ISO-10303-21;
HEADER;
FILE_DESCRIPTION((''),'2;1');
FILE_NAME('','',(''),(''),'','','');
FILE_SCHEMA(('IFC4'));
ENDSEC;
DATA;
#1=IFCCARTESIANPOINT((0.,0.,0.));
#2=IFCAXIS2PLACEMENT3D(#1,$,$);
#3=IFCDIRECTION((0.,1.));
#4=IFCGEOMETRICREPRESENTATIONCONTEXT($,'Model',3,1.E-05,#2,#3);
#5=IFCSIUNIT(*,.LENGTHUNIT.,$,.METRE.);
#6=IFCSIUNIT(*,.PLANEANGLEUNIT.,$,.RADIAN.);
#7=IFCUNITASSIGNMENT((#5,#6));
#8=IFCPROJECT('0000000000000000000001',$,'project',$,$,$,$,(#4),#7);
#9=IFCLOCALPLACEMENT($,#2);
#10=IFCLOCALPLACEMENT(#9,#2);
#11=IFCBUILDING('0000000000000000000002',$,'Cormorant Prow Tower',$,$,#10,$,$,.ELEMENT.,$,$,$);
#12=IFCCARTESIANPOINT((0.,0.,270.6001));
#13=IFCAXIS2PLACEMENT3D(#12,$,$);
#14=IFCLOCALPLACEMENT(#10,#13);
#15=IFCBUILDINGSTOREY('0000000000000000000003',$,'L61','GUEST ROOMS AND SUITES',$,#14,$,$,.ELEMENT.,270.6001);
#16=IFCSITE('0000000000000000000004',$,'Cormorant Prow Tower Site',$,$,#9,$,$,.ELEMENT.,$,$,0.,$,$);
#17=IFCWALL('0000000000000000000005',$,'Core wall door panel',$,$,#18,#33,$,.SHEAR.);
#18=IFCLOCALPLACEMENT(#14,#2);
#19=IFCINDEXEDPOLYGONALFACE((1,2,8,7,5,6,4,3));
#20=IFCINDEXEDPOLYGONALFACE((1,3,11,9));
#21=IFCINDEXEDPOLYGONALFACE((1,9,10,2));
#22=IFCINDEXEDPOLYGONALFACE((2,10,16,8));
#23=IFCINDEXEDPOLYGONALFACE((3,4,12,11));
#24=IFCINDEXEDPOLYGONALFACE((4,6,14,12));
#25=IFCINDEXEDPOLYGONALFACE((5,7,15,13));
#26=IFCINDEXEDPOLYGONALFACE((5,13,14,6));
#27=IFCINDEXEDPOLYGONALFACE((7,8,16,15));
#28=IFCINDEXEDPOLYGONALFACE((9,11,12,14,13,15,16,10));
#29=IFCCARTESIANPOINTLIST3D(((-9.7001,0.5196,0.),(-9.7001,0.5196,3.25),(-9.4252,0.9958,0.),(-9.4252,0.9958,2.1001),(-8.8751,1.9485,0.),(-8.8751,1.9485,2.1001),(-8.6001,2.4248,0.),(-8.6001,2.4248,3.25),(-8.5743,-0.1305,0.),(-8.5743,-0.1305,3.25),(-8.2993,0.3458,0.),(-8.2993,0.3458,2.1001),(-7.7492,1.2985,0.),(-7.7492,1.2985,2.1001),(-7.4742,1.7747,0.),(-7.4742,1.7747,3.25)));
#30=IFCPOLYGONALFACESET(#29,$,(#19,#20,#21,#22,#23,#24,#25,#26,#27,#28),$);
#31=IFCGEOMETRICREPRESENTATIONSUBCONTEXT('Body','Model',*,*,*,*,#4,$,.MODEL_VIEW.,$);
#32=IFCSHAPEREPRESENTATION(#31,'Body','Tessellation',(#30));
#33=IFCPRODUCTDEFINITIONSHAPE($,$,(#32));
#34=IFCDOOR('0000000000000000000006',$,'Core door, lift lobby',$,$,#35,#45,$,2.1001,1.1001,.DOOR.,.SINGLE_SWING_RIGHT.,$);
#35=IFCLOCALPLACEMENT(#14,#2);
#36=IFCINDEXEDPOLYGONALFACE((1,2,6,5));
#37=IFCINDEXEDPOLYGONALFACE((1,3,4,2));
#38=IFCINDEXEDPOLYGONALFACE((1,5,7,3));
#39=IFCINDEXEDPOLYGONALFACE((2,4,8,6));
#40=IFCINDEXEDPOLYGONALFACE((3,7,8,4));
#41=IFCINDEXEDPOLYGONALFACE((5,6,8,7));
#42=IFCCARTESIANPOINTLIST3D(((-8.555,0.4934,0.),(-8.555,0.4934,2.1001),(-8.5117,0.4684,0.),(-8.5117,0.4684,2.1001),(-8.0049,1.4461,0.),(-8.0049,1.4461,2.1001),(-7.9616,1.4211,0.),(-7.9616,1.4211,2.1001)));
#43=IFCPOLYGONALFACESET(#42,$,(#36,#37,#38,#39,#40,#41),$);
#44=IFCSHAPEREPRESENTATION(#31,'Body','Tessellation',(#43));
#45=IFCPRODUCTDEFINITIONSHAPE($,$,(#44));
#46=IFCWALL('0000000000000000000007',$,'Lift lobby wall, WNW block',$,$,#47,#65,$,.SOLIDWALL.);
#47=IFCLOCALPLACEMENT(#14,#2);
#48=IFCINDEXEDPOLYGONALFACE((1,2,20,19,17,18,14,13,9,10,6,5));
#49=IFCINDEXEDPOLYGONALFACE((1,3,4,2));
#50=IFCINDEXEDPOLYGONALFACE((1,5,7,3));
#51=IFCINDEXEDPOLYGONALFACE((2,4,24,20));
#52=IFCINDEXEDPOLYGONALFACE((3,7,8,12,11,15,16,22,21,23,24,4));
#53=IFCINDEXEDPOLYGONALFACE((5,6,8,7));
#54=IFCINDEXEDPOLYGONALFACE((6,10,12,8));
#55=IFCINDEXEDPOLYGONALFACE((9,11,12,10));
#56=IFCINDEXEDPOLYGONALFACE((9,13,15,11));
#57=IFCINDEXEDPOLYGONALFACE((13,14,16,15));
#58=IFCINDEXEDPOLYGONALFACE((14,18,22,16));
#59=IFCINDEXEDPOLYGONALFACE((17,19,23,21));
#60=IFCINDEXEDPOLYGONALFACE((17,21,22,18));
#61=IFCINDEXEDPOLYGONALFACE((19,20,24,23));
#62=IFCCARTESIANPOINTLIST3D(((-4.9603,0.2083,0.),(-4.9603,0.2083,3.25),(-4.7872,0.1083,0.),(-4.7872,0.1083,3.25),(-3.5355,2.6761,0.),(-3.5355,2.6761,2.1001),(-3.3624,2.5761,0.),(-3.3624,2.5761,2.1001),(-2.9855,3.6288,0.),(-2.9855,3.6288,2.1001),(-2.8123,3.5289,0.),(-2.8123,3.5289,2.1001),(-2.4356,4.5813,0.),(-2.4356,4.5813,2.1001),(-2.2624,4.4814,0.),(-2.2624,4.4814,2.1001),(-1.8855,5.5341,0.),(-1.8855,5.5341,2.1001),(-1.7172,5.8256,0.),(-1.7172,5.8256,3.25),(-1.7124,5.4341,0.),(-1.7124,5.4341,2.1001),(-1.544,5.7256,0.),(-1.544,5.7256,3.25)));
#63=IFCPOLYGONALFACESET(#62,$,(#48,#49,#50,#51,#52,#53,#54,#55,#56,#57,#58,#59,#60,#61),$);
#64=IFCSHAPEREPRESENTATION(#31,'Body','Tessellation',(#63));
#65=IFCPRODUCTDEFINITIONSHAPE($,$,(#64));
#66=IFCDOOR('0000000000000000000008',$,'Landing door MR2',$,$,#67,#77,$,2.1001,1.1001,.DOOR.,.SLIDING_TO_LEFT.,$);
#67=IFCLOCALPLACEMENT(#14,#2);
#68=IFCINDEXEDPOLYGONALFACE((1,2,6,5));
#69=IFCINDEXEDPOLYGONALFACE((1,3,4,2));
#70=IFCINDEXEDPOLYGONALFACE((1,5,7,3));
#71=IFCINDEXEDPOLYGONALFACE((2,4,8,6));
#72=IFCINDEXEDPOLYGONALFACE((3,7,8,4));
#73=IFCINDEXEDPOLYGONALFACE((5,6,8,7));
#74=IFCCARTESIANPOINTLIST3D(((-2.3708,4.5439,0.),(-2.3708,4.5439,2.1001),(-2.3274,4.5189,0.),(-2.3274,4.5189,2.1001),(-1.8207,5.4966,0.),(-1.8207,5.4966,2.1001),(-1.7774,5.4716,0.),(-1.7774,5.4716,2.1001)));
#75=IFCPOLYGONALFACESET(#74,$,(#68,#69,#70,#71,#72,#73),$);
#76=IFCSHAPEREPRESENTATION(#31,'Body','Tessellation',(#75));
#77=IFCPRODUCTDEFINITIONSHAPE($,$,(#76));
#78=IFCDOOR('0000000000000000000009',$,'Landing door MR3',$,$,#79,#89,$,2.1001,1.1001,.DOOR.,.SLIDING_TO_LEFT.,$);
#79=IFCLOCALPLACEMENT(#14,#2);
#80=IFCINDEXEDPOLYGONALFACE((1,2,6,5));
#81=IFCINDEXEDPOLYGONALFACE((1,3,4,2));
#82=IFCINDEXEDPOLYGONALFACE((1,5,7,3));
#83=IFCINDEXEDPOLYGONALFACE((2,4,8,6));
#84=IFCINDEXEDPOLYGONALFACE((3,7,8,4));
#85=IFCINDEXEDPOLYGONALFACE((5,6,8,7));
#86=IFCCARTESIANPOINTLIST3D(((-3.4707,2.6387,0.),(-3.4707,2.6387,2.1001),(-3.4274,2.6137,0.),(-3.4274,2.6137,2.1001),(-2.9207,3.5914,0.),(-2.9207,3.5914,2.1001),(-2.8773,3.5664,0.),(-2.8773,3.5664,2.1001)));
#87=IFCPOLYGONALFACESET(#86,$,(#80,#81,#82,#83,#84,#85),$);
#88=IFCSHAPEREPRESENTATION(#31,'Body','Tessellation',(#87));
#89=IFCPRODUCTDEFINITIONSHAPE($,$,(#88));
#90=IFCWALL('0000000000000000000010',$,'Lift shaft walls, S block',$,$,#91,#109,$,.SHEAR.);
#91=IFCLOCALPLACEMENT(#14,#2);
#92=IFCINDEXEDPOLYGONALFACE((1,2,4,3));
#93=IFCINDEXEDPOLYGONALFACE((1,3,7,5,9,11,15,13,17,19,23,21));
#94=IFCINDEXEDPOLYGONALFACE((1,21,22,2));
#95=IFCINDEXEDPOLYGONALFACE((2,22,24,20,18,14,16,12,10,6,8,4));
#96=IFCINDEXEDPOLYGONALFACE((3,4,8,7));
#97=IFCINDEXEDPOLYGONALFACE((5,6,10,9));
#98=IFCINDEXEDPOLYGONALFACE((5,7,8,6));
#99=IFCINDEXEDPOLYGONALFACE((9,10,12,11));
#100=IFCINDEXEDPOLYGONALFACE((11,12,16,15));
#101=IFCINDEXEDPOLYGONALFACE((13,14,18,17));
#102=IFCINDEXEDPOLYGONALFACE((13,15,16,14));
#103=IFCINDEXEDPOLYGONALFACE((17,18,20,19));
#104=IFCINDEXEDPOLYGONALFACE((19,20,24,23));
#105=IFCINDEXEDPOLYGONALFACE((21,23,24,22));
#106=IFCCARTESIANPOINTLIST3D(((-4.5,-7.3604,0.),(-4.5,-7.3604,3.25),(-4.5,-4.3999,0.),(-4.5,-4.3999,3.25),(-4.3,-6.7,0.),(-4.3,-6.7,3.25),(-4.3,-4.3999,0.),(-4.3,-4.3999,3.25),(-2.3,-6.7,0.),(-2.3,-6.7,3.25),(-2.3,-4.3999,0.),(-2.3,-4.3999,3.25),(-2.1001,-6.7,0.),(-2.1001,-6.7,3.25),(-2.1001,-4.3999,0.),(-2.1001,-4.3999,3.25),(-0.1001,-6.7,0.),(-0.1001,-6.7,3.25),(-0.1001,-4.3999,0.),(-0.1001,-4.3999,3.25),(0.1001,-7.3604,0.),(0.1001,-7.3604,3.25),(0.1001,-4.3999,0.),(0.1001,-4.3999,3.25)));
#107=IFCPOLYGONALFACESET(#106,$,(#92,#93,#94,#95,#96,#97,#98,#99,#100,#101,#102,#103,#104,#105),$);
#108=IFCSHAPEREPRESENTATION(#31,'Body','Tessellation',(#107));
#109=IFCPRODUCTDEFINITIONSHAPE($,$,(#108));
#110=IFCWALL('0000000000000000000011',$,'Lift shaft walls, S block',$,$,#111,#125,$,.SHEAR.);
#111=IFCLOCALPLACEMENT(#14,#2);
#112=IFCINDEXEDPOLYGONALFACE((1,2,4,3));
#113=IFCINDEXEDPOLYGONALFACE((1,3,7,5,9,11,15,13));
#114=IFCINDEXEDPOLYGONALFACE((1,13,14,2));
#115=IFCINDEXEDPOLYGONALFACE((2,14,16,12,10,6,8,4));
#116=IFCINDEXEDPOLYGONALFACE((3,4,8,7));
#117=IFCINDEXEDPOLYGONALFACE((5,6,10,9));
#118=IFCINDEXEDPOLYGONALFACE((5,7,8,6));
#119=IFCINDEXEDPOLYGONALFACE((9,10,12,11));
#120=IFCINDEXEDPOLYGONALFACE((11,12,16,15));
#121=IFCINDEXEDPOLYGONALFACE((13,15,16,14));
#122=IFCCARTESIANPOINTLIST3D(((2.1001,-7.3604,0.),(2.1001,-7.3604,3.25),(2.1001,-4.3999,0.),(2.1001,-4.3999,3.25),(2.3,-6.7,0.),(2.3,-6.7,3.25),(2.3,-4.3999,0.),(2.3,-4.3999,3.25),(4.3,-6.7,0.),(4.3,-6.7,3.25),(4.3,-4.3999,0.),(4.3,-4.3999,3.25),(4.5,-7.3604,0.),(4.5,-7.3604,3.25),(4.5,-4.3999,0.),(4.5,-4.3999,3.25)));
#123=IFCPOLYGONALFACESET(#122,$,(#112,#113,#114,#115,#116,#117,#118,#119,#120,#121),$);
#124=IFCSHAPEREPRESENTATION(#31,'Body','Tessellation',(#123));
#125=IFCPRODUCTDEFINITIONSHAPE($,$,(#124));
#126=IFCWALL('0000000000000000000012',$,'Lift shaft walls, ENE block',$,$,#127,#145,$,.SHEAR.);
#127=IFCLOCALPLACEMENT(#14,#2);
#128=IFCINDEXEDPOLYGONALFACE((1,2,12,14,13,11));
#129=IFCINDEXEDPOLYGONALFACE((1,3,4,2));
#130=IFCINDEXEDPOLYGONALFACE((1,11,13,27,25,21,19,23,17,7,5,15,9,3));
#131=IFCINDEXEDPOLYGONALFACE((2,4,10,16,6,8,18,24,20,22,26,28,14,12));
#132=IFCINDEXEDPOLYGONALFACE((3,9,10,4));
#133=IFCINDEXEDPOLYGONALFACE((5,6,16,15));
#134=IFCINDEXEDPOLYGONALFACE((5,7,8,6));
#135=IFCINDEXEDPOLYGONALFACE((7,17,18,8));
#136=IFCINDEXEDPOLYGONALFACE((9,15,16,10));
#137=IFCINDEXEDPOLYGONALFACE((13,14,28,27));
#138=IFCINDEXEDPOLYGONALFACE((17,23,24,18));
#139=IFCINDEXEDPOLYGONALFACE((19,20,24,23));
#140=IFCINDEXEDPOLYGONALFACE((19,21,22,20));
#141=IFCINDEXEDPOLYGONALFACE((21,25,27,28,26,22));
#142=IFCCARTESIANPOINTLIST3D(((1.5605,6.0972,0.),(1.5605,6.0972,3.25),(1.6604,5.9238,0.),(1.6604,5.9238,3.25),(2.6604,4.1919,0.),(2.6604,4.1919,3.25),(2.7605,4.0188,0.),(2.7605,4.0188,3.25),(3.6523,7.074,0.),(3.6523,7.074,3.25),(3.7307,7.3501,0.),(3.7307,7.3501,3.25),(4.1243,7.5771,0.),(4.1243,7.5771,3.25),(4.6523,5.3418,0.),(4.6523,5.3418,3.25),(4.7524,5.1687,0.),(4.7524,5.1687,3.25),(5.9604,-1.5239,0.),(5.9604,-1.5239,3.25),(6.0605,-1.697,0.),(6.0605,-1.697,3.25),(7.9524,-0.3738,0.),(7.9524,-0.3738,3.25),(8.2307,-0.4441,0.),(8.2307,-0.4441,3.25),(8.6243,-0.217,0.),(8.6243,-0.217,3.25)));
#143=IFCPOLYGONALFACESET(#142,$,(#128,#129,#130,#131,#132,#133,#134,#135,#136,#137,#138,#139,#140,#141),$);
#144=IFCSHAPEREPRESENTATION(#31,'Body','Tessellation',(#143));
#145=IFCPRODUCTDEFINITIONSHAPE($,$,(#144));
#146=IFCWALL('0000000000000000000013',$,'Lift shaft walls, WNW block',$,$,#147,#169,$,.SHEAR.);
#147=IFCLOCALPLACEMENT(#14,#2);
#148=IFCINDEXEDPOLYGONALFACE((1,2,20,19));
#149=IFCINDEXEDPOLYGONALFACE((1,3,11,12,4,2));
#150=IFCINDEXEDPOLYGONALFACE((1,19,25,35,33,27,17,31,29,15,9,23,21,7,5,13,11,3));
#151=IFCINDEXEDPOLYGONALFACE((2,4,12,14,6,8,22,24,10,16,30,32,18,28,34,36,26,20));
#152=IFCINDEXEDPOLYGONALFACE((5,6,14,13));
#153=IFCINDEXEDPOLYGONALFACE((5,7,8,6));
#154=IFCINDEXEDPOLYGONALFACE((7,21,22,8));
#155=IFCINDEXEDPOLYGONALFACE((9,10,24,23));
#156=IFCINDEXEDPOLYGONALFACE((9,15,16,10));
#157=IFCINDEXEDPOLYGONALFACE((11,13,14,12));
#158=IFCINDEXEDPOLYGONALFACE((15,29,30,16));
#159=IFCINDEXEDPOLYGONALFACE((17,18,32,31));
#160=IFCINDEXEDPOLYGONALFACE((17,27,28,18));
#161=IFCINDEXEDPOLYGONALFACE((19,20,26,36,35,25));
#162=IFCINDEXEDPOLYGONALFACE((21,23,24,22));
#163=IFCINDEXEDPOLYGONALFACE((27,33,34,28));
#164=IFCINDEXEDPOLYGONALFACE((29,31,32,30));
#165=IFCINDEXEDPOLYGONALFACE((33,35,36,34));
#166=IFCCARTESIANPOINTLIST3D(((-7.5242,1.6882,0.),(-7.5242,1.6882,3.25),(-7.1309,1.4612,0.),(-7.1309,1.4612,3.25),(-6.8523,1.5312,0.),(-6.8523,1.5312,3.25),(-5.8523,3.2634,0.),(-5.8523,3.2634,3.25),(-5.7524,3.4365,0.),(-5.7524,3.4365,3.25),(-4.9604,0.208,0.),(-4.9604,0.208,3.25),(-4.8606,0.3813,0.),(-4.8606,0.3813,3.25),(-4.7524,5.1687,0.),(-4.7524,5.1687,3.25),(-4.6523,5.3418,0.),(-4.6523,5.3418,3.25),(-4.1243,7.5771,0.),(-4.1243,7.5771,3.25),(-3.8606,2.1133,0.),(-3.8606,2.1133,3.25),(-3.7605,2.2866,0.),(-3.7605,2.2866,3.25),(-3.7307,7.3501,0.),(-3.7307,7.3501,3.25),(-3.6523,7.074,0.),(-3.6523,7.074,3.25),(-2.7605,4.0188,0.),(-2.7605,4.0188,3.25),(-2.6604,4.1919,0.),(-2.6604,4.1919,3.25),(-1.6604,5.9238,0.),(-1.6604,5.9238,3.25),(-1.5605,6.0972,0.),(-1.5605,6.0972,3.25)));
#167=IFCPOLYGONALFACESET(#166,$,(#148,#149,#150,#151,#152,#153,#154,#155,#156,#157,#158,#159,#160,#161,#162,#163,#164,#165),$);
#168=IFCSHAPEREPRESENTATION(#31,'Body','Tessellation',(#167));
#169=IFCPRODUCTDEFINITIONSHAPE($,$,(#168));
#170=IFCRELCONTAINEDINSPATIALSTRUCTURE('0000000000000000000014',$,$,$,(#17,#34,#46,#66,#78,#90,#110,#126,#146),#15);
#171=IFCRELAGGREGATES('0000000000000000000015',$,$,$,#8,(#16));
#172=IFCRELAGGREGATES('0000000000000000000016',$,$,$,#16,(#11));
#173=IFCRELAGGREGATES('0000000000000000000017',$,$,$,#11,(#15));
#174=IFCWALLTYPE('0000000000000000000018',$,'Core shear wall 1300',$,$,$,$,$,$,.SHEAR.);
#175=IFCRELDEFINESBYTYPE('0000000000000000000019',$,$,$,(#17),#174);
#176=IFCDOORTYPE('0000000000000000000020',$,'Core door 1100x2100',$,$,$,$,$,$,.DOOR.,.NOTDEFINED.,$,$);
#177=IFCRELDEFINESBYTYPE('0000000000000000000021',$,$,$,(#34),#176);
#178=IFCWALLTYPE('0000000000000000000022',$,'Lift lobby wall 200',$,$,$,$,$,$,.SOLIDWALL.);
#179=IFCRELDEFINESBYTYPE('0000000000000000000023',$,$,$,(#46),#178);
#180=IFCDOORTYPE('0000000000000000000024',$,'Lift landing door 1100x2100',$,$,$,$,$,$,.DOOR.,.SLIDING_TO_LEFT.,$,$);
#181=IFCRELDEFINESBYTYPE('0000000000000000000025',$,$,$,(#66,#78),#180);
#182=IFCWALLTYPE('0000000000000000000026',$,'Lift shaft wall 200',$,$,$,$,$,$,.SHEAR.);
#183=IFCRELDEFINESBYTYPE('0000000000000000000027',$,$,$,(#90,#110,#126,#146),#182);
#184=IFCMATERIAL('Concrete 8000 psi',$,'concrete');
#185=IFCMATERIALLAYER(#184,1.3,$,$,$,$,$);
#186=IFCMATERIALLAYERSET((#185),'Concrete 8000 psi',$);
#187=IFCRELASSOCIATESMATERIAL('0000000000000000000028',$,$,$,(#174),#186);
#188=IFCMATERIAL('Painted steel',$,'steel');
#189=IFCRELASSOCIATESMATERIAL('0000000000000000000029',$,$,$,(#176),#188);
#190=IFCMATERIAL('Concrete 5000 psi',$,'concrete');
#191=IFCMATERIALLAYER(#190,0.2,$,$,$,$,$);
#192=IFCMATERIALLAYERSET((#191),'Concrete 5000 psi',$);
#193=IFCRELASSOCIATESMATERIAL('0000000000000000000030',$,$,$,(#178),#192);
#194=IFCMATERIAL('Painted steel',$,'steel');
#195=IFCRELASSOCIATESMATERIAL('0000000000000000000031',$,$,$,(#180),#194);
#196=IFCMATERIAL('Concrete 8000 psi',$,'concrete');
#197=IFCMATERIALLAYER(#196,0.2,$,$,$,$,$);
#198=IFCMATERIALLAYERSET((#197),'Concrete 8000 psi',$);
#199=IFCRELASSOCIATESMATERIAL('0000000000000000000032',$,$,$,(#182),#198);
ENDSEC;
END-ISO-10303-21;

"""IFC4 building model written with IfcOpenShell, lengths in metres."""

from ifc_helpers import new_model, si_unit, direction, frame, frame_2d, origin, place, context, subcontext, project, spatial, polyline, rectangle, outline, extrude, material, layer, layer_set, type_object, element, fill, save


model = new_model("IFC4")

# Units and contexts
model_context = context("Model", 3, precision=1e-05, world=origin(), true_north=direction((0.0, 1.0)))
body_context = subcontext(model_context, "Body", "Model", "MODEL_VIEW")
ifc_project = project(units=[si_unit("LENGTHUNIT", "METRE"), si_unit("PLANEANGLEUNIT", "RADIAN")], contexts=[model_context])

# Site, building, storey
site_placement = place(None, origin())
site = spatial("IfcSite", under=ifc_project, at=site_placement, Name="Cormorant Prow Tower Site", CompositionType="ELEMENT", RefElevation=0.0)
building_placement = place(site_placement, origin())
building = spatial("IfcBuilding", under=site, at=building_placement, Name="Cormorant Prow Tower", CompositionType="ELEMENT")
storey_placement = place(building_placement, frame((0.0, 0.0, 270.6001)))
storey = spatial("IfcBuildingStorey", under=building, at=storey_placement, Name="L61", Description="GUEST ROOMS AND SUITES", CompositionType="ELEMENT", Elevation=270.6001)

# Shared definitions
ifc_material_1 = material(Name="Concrete 8000 psi", Category="concrete")
ifc_layer_1 = layer(ifc_material_1, 1.3)
ifc_layer_set_1 = layer_set([ifc_layer_1], Name="Concrete 8000 psi")
wall_type_1 = type_object("IfcWallType", Name="Core shear wall 1300", PredefinedType="SHEAR", material=ifc_layer_set_1)

# Wall, opening, door
wall_1_placement = place(storey_placement, frame((-8.0371, 2.0999, 0.0), z_axis=(0.0, 0.0, 1.0), x_axis=(-0.50003, -0.866008, 0.0)))
wall_1 = element("IfcWall", 1, at=wall_1_placement, inside=storey, type_object=wall_type_1, Name="Core wall door panel", PredefinedType="SHEAR", context=body_context, shape_type="SweptSolid", body=[
    extrude(rectangle(XDim=2.2, YDim=1.3, at=frame_2d((1.1001, 0.0))), origin(), (0.0, 0.0, 1.0), 3.25),
])
opening_1_placement = place(wall_1_placement, frame((0.55, 0.0, 0.0)))
opening_1 = element("IfcOpeningElement", 2, at=opening_1_placement, cuts=wall_1, PredefinedType="OPENING", context=body_context, shape_type="SweptSolid", body=[
    extrude(rectangle(XDim=1.1001, YDim=2.1001, at=frame_2d((0.55, 1.05))), frame((0.0, 0.6599, 0.0), z_axis=(0.0, -1.0, 0.0), x_axis=(1.0, 0.0, 0.0)), (0.0, 0.0, 1.0), 1.3201),
])
ifc_material_2 = material(Name="Painted steel", Category="steel")
door_type_1 = type_object("IfcDoorType", Name="Core door 1100x2100", OperationType="NOTDEFINED", PredefinedType="DOOR", material=ifc_material_2)
door_1_placement = place(opening_1_placement, origin())
door_1 = element("IfcDoor", 3, at=door_1_placement, inside=storey, type_object=door_type_1, Name="Core door, lift lobby", OperationType="SINGLE_SWING_RIGHT", OverallHeight=2.1001, OverallWidth=1.1001, PredefinedType="DOOR", context=body_context, shape_type="SweptSolid", body=[
    extrude(rectangle(XDim=1.1001, YDim=2.1001, at=frame_2d((0.55, 1.05))), frame((0.0, 0.4048, 0.0), z_axis=(0.0, -1.0, 0.0), x_axis=(1.0, 0.0, 0.0)), (0.0, 0.0, 1.0), 0.05),
])
fill(opening_1, door_1)

# Wall, openings, doors
ifc_material_3 = material(Name="Concrete 5000 psi", Category="concrete")
ifc_layer_2 = layer(ifc_material_3, 0.2)
ifc_layer_set_2 = layer_set([ifc_layer_2], Name="Concrete 5000 psi")
wall_type_2 = type_object("IfcWallType", Name="Lift lobby wall 200", PredefinedType="SOLIDWALL", material=ifc_layer_set_2)
wall_2_placement = place(storey_placement, frame((-1.6306, 5.7756, 0.0), z_axis=(0.0, 0.0, 1.0), x_axis=(-0.499993, -0.86603, 0.0)))
wall_2 = element("IfcWall", 4, at=wall_2_placement, inside=storey, type_object=wall_type_2, Name="Lift lobby wall, WNW block", PredefinedType="SOLIDWALL", context=body_context, shape_type="SweptSolid", body=[
    extrude(rectangle(XDim=6.4863, YDim=0.2, at=frame_2d((3.2432, 0.0))), origin(), (0.0, 0.0, 1.0), 3.25),
])
opening_2_placement = place(wall_2_placement, frame((0.3367, 0.0, 0.0)))
opening_2 = element("IfcOpeningElement", 5, at=opening_2_placement, cuts=wall_2, PredefinedType="OPENING", context=body_context, shape_type="SweptSolid", body=[
    extrude(rectangle(XDim=1.1001, YDim=2.1001, at=frame_2d((0.55, 1.05))), frame((0.0, 0.1099, 0.0), z_axis=(0.0, -1.0, 0.0), x_axis=(1.0, 0.0, 0.0)), (0.0, 0.0, 1.0), 0.22),
])
opening_3_placement = place(wall_2_placement, frame((2.5366, 0.0, 0.0)))
opening_3 = element("IfcOpeningElement", 6, at=opening_3_placement, cuts=wall_2, PredefinedType="OPENING", context=body_context, shape_type="SweptSolid", body=[
    extrude(rectangle(XDim=1.1001, YDim=2.1001, at=frame_2d((0.55, 1.05))), frame((0.0, 0.1099, 0.0), z_axis=(0.0, -1.0, 0.0), x_axis=(1.0, 0.0, 0.0)), (0.0, 0.0, 1.0), 0.22),
])
ifc_material_4 = material(Name="Painted steel", Category="steel")
door_type_2 = type_object("IfcDoorType", Name="Lift landing door 1100x2100", OperationType="SLIDING_TO_LEFT", PredefinedType="DOOR", material=ifc_material_4)
door_2_placement = place(opening_2_placement, origin())
door_2 = element("IfcDoor", 7, at=door_2_placement, inside=storey, type_object=door_type_2, Name="Landing door MR2", OperationType="SLIDING_TO_LEFT", OverallHeight=2.1001, OverallWidth=1.1001, PredefinedType="DOOR", context=body_context, shape_type="SweptSolid", body=[
    extrude(rectangle(XDim=1.1001, YDim=2.1001, at=frame_2d((0.55, 1.05))), frame((0.0, 0.0249, 0.0), z_axis=(0.0, -1.0, 0.0), x_axis=(1.0, 0.0, 0.0)), (0.0, 0.0, 1.0), 0.05),
])
fill(opening_2, door_2)
door_3_placement = place(opening_3_placement, origin())
door_3 = element("IfcDoor", 8, at=door_3_placement, inside=storey, type_object=door_type_2, Name="Landing door MR3", OperationType="SLIDING_TO_LEFT", OverallHeight=2.1001, OverallWidth=1.1001, PredefinedType="DOOR", context=body_context, shape_type="SweptSolid", body=[
    extrude(rectangle(XDim=1.1001, YDim=2.1001, at=frame_2d((0.55, 1.05))), frame((0.0, 0.0249, 0.0), z_axis=(0.0, -1.0, 0.0), x_axis=(1.0, 0.0, 0.0)), (0.0, 0.0, 1.0), 0.05),
])
fill(opening_3, door_3)

# Walls
ifc_material_5 = material(Name="Concrete 8000 psi", Category="concrete")
ifc_layer_3 = layer(ifc_material_5, 0.2)
ifc_layer_set_3 = layer_set([ifc_layer_3], Name="Concrete 8000 psi")
wall_type_3 = type_object("IfcWallType", Name="Lift shaft wall 200", PredefinedType="SHEAR", material=ifc_layer_set_3)
wall_3_placement = place(storey_placement, origin())
element("IfcWall", 9, at=wall_3_placement, inside=storey, type_object=wall_type_3, Name="Lift shaft walls, S block", PredefinedType="SHEAR", context=body_context, shape_type="SweptSolid", body=[
    extrude(outline(polyline([(0.1001, -7.3604), (-4.5, -7.3604), (-4.5, -4.3999), (-4.3, -4.3999), (-4.3, -6.7), (-2.3, -6.7), (-2.3, -4.3999), (-2.1001, -4.3999), (-2.1001, -6.7), (-0.1001, -6.7), (-0.1001, -4.3999), (0.1001, -4.3999), (0.1001, -7.3604)])), origin(), (0.0, 0.0, 1.0), 3.25),
])
wall_4_placement = place(storey_placement, origin())
element("IfcWall", 10, at=wall_4_placement, inside=storey, type_object=wall_type_3, Name="Lift shaft walls, S block", PredefinedType="SHEAR", context=body_context, shape_type="SweptSolid", body=[
    extrude(outline(polyline([(2.1001, -7.3604), (2.1001, -4.3999), (2.3, -4.3999), (2.3, -6.7), (4.3, -6.7), (4.3, -4.3999), (4.5, -4.3999), (4.5, -7.3604), (2.1001, -7.3604)])), origin(), (0.0, 0.0, 1.0), 3.25),
])
wall_5_placement = place(storey_placement, origin())
element("IfcWall", 11, at=wall_5_placement, inside=storey, type_object=wall_type_3, Name="Lift shaft walls, ENE block", PredefinedType="SHEAR", context=body_context, shape_type="SweptSolid", body=[
    extrude(outline(polyline([(4.1243, 7.5771), (8.6243, -0.217), (8.2307, -0.4441), (6.0605, -1.697), (5.9604, -1.5239), (7.9524, -0.3738), (4.7524, 5.1687), (2.7605, 4.0188), (2.6604, 4.1919), (4.6523, 5.3418), (3.6523, 7.074), (1.6604, 5.9238), (1.5605, 6.0972), (3.7307, 7.3501), (4.1243, 7.5771)])), origin(), (0.0, 0.0, 1.0), 3.25),
])
wall_6_placement = place(storey_placement, origin())
element("IfcWall", 12, at=wall_6_placement, inside=storey, type_object=wall_type_3, Name="Lift shaft walls, WNW block", PredefinedType="SHEAR", context=body_context, shape_type="SweptSolid", body=[
    extrude(outline(polyline([(-7.5242, 1.6882), (-4.1243, 7.5771), (-3.7307, 7.3501), (-1.5605, 6.0972), (-1.6604, 5.9238), (-3.6523, 7.074), (-4.6523, 5.3418), (-2.6604, 4.1919), (-2.7605, 4.0188), (-4.7524, 5.1687), (-5.7524, 3.4365), (-3.7605, 2.2866), (-3.8606, 2.1133), (-5.8523, 3.2634), (-6.8523, 1.5312), (-4.8606, 0.3813), (-4.9604, 0.208), (-7.1309, 1.4612), (-7.5242, 1.6882)])), origin(), (0.0, 0.0, 1.0), 3.25),
])

save(model, "model.ifc")
